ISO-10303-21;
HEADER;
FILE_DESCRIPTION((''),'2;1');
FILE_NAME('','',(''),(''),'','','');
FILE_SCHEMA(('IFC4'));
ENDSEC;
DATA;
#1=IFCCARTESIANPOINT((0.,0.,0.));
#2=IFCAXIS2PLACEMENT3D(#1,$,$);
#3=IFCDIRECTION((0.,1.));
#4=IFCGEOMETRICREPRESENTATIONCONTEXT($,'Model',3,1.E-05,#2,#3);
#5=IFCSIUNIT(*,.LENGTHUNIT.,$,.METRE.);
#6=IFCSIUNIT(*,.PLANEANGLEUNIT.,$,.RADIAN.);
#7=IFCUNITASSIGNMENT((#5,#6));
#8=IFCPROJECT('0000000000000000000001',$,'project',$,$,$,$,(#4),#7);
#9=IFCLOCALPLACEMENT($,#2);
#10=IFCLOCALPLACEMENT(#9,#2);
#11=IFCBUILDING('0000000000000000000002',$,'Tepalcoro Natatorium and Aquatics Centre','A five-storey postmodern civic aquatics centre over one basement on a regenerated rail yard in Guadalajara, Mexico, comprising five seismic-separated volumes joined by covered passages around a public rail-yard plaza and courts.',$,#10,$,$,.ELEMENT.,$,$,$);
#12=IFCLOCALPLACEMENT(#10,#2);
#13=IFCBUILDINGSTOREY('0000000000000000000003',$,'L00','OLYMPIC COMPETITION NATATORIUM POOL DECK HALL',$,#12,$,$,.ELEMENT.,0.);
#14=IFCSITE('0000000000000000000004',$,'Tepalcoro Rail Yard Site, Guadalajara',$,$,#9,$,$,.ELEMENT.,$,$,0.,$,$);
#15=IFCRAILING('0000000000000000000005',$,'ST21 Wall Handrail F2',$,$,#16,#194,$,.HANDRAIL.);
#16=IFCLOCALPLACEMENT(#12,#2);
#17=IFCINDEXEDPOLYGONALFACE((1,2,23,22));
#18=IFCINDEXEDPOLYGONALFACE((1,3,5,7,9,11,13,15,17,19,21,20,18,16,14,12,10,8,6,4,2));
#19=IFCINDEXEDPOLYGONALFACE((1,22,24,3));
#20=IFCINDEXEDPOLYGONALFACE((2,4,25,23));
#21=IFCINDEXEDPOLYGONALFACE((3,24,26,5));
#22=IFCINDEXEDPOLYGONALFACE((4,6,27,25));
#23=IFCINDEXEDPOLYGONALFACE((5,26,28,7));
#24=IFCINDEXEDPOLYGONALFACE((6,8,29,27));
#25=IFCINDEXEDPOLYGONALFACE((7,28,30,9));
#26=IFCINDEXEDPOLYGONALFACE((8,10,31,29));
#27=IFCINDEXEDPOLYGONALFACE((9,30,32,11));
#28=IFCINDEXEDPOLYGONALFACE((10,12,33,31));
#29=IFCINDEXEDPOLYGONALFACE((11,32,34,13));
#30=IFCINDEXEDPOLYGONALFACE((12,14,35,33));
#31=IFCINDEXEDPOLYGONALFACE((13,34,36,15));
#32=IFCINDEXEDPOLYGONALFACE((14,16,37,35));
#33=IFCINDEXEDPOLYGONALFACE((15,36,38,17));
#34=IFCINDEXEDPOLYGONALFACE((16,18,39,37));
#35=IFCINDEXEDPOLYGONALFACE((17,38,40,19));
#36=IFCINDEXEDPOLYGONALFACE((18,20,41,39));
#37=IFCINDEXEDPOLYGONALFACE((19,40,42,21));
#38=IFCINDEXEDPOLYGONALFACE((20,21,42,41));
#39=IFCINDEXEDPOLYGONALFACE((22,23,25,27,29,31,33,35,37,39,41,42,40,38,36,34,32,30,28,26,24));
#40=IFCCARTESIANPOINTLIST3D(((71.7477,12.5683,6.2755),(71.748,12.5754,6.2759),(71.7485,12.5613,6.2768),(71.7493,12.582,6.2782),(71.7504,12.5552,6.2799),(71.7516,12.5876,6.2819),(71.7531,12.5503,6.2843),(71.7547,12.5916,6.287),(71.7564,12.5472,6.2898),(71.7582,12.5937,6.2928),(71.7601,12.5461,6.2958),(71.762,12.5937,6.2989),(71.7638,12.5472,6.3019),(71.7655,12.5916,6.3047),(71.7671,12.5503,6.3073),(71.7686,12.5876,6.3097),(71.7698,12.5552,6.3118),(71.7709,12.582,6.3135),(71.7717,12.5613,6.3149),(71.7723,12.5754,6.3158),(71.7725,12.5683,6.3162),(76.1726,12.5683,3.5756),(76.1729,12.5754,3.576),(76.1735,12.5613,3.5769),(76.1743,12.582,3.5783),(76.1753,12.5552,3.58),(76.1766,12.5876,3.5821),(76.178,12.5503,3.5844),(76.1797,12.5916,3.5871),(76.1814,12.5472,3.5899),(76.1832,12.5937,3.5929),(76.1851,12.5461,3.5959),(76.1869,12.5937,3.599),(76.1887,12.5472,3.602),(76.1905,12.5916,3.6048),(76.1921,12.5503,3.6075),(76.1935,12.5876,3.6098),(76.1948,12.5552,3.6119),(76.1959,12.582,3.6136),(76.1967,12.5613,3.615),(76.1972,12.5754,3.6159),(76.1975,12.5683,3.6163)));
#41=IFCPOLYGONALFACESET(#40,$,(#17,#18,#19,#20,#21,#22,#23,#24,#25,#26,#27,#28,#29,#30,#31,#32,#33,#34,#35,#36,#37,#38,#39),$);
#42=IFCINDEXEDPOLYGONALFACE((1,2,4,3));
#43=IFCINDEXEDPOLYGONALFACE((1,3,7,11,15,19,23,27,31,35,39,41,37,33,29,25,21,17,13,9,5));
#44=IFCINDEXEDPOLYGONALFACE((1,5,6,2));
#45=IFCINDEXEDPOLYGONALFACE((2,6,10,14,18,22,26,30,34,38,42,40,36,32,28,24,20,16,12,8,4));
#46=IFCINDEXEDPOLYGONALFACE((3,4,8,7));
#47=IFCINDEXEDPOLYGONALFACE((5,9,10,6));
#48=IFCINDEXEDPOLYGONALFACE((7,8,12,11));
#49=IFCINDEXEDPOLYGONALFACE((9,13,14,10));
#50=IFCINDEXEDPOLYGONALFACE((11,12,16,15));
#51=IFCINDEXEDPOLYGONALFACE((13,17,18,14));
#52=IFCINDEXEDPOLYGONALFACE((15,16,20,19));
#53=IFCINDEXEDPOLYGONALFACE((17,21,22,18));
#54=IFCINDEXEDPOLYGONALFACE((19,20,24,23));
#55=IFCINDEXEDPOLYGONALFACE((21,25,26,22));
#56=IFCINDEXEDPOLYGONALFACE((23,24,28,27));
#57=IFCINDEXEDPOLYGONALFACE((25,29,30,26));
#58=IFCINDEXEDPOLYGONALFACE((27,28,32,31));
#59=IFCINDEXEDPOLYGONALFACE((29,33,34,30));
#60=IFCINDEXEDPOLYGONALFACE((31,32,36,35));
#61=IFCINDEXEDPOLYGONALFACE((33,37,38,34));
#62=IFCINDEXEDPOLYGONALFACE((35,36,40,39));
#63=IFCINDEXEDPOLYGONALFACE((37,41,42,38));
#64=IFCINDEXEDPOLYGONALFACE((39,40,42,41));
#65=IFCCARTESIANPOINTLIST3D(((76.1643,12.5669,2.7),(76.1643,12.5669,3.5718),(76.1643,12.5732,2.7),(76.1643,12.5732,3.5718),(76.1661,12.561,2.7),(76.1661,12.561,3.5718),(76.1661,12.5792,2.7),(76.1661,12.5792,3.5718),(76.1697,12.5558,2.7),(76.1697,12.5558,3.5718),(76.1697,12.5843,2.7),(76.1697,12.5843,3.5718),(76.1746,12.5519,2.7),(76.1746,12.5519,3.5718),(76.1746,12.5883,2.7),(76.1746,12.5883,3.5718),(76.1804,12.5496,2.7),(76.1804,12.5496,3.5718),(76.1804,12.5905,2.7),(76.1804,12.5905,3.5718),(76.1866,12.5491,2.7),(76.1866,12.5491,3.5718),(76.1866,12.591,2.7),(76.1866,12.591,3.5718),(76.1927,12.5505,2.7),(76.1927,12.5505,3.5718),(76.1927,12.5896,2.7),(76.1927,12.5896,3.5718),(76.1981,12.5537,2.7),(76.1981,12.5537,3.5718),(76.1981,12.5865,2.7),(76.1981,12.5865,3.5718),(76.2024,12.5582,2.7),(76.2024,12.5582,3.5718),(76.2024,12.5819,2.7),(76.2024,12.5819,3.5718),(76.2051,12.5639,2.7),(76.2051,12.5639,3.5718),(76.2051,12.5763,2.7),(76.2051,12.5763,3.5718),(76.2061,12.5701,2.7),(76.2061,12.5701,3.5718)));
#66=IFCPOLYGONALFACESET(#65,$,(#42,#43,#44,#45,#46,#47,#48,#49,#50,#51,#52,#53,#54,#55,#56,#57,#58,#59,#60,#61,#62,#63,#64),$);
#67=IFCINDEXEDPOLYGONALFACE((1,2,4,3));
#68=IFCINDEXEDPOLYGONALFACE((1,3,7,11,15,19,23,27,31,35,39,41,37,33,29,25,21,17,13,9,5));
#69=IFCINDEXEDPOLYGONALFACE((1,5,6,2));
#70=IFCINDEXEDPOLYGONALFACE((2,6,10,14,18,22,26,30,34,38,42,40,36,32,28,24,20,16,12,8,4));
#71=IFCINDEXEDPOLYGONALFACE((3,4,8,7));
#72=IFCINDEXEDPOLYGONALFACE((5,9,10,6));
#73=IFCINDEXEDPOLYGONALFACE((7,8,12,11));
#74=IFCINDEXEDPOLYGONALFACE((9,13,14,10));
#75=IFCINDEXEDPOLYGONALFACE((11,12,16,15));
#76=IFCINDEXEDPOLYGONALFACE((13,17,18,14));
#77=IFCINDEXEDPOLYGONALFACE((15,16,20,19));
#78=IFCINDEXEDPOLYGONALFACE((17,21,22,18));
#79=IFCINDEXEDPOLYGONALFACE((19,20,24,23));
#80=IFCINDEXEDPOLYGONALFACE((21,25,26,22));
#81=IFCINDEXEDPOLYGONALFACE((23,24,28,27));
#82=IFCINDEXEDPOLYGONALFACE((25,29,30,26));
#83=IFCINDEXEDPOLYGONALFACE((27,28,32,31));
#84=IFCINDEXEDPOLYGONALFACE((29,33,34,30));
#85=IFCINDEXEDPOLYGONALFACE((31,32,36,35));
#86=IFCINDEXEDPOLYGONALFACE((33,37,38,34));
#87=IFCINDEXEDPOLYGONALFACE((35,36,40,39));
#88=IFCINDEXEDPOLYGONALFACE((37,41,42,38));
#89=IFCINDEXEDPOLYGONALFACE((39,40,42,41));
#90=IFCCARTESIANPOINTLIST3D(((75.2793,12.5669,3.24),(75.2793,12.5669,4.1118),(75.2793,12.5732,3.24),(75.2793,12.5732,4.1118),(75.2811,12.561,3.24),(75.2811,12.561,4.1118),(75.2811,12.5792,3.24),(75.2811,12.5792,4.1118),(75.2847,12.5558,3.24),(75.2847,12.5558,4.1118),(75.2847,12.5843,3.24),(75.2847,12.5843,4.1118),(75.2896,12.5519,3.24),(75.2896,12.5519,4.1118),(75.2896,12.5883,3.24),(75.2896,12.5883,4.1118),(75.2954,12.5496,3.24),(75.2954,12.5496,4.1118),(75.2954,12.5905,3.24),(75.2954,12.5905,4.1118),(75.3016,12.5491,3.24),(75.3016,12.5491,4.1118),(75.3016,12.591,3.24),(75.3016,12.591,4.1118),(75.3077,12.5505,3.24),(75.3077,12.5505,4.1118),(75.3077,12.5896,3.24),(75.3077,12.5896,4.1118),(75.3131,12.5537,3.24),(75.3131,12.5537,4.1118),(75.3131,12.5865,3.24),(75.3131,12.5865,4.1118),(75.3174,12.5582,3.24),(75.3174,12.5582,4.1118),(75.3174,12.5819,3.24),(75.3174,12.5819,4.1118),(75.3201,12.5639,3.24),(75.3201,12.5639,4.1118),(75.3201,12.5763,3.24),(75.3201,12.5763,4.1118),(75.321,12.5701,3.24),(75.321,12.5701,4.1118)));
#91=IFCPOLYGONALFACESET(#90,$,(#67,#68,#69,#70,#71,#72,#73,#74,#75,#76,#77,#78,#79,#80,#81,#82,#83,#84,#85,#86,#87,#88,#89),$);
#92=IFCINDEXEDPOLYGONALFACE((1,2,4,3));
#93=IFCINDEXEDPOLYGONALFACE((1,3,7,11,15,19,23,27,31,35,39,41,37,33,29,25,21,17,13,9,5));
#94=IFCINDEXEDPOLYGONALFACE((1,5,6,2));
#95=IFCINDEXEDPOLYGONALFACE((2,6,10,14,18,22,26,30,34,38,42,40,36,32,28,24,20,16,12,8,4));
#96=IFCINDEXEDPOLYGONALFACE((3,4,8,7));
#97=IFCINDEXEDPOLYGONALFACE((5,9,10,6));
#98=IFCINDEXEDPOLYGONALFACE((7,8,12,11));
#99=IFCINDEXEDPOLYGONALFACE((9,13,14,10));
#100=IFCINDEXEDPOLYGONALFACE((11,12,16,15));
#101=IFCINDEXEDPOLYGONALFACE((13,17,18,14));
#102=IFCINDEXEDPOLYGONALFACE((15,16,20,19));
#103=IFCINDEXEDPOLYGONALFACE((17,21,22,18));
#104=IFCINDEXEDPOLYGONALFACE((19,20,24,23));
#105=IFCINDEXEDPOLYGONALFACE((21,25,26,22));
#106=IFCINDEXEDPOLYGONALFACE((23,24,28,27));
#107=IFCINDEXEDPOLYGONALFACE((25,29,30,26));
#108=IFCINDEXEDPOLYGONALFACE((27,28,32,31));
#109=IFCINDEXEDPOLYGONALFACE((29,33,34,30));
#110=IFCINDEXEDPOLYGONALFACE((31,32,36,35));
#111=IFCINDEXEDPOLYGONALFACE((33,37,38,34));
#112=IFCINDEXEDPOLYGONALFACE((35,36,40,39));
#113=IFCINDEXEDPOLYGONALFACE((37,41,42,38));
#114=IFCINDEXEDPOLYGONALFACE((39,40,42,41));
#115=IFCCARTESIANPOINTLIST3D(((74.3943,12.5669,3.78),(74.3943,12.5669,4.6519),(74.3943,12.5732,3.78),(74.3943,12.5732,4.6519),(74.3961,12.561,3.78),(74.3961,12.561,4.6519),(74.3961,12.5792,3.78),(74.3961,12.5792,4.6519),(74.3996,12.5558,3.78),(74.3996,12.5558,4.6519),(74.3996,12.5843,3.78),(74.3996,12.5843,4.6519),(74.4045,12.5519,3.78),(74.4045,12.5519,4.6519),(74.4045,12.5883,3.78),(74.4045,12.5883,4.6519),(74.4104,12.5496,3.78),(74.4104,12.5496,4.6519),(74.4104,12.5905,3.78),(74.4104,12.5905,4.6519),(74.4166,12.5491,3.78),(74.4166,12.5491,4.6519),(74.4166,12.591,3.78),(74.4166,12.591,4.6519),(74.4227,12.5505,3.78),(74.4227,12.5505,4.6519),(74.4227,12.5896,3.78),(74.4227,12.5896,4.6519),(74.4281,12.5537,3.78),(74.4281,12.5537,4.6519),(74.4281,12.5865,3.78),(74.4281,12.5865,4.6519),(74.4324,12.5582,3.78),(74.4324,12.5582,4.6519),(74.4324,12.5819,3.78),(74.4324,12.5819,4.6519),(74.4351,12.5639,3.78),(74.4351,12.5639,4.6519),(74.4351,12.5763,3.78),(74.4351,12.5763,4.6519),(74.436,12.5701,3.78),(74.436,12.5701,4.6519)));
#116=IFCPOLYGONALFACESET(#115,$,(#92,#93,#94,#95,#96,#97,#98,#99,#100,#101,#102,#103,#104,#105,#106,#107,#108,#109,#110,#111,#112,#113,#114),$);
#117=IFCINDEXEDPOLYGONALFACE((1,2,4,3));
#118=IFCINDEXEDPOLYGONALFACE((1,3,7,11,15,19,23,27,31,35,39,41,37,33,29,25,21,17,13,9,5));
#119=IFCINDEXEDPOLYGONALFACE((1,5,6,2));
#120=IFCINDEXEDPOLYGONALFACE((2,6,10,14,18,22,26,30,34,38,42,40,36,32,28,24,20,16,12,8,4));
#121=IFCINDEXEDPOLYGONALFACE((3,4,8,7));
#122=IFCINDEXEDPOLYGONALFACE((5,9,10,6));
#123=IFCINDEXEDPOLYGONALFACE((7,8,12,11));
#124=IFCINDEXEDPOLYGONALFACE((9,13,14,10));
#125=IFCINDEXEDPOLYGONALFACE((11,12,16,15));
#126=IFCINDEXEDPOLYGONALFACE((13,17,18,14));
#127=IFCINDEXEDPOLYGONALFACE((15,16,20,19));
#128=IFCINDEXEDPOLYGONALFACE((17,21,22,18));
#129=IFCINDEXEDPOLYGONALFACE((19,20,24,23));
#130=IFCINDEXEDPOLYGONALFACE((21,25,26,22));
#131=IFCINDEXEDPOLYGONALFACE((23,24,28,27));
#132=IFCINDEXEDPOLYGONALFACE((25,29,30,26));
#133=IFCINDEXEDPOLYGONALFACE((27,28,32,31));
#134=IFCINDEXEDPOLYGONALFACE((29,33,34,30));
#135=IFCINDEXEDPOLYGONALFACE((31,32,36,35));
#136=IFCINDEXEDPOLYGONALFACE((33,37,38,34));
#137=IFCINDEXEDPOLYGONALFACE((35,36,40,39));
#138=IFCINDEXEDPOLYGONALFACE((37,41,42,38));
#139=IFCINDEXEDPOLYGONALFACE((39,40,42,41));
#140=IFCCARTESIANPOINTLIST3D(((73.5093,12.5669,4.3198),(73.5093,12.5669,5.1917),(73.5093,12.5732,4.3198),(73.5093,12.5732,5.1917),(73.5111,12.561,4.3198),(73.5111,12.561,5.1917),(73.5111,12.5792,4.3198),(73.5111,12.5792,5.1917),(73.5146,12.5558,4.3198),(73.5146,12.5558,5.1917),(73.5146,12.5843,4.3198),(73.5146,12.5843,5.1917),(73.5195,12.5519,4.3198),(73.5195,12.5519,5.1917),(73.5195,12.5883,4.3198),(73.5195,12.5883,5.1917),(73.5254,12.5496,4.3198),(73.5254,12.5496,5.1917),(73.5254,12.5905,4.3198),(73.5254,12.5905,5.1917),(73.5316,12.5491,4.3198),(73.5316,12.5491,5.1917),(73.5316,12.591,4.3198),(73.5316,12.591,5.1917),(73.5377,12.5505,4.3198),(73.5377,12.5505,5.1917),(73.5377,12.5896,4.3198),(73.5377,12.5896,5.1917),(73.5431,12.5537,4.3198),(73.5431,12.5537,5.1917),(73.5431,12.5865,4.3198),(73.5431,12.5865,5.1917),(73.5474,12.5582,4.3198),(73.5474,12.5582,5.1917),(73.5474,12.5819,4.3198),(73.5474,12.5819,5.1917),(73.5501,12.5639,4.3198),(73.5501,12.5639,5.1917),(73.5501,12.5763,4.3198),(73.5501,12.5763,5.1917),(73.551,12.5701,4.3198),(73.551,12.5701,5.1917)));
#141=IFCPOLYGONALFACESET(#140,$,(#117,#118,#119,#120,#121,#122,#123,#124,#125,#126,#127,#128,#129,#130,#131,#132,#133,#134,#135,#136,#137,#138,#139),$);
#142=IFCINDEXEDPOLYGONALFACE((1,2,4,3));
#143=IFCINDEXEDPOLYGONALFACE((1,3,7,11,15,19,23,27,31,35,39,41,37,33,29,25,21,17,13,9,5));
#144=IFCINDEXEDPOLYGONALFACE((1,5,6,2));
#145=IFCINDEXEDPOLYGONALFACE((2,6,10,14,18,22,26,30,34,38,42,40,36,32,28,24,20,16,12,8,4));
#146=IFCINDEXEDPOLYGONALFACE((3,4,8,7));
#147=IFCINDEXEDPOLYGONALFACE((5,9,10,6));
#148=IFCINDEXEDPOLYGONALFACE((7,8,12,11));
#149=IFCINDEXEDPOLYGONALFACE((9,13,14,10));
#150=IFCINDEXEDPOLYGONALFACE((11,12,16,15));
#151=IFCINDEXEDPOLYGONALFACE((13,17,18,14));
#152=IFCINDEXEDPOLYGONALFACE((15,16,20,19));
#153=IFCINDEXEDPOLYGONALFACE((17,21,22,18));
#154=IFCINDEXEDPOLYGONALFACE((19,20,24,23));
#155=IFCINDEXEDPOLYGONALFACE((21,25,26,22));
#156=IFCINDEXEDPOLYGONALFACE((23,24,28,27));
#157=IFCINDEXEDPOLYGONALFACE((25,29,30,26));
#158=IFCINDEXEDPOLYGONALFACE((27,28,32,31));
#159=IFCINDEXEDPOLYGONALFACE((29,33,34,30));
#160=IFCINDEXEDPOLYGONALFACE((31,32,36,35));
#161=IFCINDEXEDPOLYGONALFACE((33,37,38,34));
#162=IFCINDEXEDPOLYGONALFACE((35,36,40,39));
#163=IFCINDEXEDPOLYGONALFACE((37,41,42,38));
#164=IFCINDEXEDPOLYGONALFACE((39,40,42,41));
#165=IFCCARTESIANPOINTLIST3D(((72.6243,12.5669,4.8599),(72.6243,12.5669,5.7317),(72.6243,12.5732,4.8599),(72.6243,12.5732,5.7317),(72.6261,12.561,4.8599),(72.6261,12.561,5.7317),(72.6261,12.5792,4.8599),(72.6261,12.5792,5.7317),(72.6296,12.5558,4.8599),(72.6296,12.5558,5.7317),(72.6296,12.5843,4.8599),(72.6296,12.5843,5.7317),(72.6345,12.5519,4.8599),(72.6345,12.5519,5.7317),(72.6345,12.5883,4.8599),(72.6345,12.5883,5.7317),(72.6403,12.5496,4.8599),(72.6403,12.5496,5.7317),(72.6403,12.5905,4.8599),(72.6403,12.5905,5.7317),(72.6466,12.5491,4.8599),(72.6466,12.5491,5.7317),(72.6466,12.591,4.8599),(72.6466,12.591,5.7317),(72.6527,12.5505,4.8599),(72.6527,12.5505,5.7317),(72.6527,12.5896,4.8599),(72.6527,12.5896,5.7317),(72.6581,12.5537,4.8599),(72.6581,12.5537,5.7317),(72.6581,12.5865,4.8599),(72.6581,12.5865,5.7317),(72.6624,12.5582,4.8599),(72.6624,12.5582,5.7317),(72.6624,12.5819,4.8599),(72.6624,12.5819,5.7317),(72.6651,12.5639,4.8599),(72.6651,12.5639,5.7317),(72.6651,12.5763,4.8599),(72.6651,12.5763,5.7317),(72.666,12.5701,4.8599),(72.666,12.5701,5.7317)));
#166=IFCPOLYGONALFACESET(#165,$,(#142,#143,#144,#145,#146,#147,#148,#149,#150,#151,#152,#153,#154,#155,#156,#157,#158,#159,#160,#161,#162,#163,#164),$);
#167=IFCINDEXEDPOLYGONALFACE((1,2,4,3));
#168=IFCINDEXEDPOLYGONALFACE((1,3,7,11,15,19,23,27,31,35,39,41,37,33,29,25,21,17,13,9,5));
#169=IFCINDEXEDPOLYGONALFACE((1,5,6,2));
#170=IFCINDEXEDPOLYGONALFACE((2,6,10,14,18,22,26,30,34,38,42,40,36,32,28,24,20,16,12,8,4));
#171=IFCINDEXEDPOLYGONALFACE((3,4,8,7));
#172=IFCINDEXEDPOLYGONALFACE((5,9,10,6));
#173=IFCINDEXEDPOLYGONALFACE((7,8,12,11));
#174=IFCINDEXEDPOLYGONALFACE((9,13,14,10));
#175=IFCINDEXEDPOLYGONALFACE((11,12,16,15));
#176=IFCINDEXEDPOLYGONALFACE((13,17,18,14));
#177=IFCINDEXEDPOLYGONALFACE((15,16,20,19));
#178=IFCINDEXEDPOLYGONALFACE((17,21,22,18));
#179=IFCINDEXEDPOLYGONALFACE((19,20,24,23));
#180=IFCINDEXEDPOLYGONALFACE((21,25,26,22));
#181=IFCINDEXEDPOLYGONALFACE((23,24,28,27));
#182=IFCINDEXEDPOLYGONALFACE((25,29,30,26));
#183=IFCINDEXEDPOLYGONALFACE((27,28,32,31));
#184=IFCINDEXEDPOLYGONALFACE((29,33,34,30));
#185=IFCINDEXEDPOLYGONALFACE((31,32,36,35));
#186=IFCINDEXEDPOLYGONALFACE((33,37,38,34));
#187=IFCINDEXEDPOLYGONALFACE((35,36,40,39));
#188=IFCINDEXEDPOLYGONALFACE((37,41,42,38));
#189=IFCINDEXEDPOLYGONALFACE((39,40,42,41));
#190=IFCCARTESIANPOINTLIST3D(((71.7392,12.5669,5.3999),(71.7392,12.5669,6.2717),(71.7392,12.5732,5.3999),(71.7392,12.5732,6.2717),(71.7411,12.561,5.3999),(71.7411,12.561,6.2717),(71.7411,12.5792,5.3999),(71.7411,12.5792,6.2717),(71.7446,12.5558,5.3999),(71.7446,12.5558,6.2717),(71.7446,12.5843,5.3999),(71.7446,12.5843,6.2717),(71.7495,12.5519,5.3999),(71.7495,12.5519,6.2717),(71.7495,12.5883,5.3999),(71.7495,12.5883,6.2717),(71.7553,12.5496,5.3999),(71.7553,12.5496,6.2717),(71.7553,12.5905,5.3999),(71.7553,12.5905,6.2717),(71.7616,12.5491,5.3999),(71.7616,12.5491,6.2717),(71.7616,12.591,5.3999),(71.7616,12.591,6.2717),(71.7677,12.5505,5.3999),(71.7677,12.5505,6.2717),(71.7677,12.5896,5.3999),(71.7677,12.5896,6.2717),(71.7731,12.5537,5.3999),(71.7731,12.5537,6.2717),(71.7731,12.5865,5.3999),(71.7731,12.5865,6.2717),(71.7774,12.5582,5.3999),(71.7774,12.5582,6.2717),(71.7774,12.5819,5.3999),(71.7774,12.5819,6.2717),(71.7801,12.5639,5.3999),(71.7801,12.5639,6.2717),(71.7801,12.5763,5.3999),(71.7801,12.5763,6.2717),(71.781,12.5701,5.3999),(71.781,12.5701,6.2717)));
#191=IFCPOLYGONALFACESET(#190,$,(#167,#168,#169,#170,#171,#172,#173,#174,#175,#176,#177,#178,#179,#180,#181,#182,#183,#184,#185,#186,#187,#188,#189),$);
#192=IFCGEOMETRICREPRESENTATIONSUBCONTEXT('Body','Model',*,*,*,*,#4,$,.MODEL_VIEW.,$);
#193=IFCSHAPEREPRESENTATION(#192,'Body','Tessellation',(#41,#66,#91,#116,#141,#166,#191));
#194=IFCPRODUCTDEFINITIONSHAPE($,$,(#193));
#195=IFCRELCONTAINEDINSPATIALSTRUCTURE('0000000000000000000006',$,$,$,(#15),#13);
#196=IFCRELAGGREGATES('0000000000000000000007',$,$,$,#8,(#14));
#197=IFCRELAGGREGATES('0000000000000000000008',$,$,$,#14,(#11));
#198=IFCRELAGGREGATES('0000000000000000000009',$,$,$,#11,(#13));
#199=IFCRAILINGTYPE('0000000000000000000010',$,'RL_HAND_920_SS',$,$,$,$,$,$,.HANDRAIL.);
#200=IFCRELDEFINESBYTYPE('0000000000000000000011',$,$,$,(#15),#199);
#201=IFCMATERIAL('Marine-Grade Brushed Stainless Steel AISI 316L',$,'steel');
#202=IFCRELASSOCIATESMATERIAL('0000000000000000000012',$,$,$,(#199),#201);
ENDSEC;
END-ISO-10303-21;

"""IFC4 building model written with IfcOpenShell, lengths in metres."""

from ifc_helpers import new_model, si_unit, direction, frame, origin, origin_2d, place, context, subcontext, project, spatial, circle, extrude, material, type_object, element, save


model = new_model("IFC4")

# Units and contexts
model_context = context("Model", 3, precision=1e-05, world=origin(), true_north=direction((0.0, 1.0)))
body_context = subcontext(model_context, "Body", "Model", "MODEL_VIEW")
ifc_project = project(units=[si_unit("LENGTHUNIT", "METRE"), si_unit("PLANEANGLEUNIT", "RADIAN")], contexts=[model_context])

# Site, building, storey
site_placement = place(None, origin())
site = spatial("IfcSite", under=ifc_project, at=site_placement, Name="Tepalcoro Rail Yard Site, Guadalajara", CompositionType="ELEMENT", RefElevation=0.0)
building_placement = place(site_placement, origin())
building = spatial("IfcBuilding", under=site, at=building_placement, Name="Tepalcoro Natatorium and Aquatics Centre", Description="A five-storey postmodern civic aquatics centre over one basement on a regenerated rail yard in Guadalajara, Mexico, comprising five seismic-separated volumes joined by covered passages around a public rail-yard plaza and courts.", CompositionType="ELEMENT")
storey_placement = place(building_placement, origin())
storey = spatial("IfcBuildingStorey", under=building, at=storey_placement, Name="L00", Description="OLYMPIC COMPETITION NATATORIUM POOL DECK HALL", CompositionType="ELEMENT", Elevation=0.0)

# Railing
ifc_material_1 = material(Name="Marine-Grade Brushed Stainless Steel AISI 316L", Category="steel")
railing_type_1 = type_object("IfcRailingType", Name="RL_HAND_920_SS", PredefinedType="HANDRAIL", material=ifc_material_1)
railing_1_placement = place(storey_placement, frame((76.1851, 12.5701, 2.7)))
element("IfcRailing", 1, at=railing_1_placement, inside=storey, type_object=railing_type_1, Name="ST21 Wall Handrail F2", PredefinedType="HANDRAIL", context=body_context, shape_type="SweptSolid", body=[
    extrude(circle(Radius=0.0239, at=origin_2d()), frame((0.0, 0.0, 0.896), z_axis=(-0.853646, 0.0, 0.520854), x_axis=(0.0, -1.0, 0.0)), (0.0, 0.0, 1.0), 5.1836),
    extrude(circle(Radius=0.021, at=origin_2d()), origin(), (0.0, 0.0, 1.0), 0.8718),
    extrude(circle(Radius=0.021, at=origin_2d()), frame((-0.885, 0.0, 0.54)), (0.0, 0.0, 1.0), 0.8718),
    extrude(circle(Radius=0.021, at=origin_2d()), frame((-1.77, 0.0, 1.0801)), (0.0, 0.0, 1.0), 0.8718),
    extrude(circle(Radius=0.021, at=origin_2d()), frame((-2.655, 0.0, 1.6199)), (0.0, 0.0, 1.0), 0.8718),
    extrude(circle(Radius=0.021, at=origin_2d()), frame((-3.54, 0.0, 2.1599)), (0.0, 0.0, 1.0), 0.8718),
    extrude(circle(Radius=0.021, at=origin_2d()), frame((-4.425, 0.0, 2.7)), (0.0, 0.0, 1.0), 0.8718),
])

save(model, "model.ifc")
